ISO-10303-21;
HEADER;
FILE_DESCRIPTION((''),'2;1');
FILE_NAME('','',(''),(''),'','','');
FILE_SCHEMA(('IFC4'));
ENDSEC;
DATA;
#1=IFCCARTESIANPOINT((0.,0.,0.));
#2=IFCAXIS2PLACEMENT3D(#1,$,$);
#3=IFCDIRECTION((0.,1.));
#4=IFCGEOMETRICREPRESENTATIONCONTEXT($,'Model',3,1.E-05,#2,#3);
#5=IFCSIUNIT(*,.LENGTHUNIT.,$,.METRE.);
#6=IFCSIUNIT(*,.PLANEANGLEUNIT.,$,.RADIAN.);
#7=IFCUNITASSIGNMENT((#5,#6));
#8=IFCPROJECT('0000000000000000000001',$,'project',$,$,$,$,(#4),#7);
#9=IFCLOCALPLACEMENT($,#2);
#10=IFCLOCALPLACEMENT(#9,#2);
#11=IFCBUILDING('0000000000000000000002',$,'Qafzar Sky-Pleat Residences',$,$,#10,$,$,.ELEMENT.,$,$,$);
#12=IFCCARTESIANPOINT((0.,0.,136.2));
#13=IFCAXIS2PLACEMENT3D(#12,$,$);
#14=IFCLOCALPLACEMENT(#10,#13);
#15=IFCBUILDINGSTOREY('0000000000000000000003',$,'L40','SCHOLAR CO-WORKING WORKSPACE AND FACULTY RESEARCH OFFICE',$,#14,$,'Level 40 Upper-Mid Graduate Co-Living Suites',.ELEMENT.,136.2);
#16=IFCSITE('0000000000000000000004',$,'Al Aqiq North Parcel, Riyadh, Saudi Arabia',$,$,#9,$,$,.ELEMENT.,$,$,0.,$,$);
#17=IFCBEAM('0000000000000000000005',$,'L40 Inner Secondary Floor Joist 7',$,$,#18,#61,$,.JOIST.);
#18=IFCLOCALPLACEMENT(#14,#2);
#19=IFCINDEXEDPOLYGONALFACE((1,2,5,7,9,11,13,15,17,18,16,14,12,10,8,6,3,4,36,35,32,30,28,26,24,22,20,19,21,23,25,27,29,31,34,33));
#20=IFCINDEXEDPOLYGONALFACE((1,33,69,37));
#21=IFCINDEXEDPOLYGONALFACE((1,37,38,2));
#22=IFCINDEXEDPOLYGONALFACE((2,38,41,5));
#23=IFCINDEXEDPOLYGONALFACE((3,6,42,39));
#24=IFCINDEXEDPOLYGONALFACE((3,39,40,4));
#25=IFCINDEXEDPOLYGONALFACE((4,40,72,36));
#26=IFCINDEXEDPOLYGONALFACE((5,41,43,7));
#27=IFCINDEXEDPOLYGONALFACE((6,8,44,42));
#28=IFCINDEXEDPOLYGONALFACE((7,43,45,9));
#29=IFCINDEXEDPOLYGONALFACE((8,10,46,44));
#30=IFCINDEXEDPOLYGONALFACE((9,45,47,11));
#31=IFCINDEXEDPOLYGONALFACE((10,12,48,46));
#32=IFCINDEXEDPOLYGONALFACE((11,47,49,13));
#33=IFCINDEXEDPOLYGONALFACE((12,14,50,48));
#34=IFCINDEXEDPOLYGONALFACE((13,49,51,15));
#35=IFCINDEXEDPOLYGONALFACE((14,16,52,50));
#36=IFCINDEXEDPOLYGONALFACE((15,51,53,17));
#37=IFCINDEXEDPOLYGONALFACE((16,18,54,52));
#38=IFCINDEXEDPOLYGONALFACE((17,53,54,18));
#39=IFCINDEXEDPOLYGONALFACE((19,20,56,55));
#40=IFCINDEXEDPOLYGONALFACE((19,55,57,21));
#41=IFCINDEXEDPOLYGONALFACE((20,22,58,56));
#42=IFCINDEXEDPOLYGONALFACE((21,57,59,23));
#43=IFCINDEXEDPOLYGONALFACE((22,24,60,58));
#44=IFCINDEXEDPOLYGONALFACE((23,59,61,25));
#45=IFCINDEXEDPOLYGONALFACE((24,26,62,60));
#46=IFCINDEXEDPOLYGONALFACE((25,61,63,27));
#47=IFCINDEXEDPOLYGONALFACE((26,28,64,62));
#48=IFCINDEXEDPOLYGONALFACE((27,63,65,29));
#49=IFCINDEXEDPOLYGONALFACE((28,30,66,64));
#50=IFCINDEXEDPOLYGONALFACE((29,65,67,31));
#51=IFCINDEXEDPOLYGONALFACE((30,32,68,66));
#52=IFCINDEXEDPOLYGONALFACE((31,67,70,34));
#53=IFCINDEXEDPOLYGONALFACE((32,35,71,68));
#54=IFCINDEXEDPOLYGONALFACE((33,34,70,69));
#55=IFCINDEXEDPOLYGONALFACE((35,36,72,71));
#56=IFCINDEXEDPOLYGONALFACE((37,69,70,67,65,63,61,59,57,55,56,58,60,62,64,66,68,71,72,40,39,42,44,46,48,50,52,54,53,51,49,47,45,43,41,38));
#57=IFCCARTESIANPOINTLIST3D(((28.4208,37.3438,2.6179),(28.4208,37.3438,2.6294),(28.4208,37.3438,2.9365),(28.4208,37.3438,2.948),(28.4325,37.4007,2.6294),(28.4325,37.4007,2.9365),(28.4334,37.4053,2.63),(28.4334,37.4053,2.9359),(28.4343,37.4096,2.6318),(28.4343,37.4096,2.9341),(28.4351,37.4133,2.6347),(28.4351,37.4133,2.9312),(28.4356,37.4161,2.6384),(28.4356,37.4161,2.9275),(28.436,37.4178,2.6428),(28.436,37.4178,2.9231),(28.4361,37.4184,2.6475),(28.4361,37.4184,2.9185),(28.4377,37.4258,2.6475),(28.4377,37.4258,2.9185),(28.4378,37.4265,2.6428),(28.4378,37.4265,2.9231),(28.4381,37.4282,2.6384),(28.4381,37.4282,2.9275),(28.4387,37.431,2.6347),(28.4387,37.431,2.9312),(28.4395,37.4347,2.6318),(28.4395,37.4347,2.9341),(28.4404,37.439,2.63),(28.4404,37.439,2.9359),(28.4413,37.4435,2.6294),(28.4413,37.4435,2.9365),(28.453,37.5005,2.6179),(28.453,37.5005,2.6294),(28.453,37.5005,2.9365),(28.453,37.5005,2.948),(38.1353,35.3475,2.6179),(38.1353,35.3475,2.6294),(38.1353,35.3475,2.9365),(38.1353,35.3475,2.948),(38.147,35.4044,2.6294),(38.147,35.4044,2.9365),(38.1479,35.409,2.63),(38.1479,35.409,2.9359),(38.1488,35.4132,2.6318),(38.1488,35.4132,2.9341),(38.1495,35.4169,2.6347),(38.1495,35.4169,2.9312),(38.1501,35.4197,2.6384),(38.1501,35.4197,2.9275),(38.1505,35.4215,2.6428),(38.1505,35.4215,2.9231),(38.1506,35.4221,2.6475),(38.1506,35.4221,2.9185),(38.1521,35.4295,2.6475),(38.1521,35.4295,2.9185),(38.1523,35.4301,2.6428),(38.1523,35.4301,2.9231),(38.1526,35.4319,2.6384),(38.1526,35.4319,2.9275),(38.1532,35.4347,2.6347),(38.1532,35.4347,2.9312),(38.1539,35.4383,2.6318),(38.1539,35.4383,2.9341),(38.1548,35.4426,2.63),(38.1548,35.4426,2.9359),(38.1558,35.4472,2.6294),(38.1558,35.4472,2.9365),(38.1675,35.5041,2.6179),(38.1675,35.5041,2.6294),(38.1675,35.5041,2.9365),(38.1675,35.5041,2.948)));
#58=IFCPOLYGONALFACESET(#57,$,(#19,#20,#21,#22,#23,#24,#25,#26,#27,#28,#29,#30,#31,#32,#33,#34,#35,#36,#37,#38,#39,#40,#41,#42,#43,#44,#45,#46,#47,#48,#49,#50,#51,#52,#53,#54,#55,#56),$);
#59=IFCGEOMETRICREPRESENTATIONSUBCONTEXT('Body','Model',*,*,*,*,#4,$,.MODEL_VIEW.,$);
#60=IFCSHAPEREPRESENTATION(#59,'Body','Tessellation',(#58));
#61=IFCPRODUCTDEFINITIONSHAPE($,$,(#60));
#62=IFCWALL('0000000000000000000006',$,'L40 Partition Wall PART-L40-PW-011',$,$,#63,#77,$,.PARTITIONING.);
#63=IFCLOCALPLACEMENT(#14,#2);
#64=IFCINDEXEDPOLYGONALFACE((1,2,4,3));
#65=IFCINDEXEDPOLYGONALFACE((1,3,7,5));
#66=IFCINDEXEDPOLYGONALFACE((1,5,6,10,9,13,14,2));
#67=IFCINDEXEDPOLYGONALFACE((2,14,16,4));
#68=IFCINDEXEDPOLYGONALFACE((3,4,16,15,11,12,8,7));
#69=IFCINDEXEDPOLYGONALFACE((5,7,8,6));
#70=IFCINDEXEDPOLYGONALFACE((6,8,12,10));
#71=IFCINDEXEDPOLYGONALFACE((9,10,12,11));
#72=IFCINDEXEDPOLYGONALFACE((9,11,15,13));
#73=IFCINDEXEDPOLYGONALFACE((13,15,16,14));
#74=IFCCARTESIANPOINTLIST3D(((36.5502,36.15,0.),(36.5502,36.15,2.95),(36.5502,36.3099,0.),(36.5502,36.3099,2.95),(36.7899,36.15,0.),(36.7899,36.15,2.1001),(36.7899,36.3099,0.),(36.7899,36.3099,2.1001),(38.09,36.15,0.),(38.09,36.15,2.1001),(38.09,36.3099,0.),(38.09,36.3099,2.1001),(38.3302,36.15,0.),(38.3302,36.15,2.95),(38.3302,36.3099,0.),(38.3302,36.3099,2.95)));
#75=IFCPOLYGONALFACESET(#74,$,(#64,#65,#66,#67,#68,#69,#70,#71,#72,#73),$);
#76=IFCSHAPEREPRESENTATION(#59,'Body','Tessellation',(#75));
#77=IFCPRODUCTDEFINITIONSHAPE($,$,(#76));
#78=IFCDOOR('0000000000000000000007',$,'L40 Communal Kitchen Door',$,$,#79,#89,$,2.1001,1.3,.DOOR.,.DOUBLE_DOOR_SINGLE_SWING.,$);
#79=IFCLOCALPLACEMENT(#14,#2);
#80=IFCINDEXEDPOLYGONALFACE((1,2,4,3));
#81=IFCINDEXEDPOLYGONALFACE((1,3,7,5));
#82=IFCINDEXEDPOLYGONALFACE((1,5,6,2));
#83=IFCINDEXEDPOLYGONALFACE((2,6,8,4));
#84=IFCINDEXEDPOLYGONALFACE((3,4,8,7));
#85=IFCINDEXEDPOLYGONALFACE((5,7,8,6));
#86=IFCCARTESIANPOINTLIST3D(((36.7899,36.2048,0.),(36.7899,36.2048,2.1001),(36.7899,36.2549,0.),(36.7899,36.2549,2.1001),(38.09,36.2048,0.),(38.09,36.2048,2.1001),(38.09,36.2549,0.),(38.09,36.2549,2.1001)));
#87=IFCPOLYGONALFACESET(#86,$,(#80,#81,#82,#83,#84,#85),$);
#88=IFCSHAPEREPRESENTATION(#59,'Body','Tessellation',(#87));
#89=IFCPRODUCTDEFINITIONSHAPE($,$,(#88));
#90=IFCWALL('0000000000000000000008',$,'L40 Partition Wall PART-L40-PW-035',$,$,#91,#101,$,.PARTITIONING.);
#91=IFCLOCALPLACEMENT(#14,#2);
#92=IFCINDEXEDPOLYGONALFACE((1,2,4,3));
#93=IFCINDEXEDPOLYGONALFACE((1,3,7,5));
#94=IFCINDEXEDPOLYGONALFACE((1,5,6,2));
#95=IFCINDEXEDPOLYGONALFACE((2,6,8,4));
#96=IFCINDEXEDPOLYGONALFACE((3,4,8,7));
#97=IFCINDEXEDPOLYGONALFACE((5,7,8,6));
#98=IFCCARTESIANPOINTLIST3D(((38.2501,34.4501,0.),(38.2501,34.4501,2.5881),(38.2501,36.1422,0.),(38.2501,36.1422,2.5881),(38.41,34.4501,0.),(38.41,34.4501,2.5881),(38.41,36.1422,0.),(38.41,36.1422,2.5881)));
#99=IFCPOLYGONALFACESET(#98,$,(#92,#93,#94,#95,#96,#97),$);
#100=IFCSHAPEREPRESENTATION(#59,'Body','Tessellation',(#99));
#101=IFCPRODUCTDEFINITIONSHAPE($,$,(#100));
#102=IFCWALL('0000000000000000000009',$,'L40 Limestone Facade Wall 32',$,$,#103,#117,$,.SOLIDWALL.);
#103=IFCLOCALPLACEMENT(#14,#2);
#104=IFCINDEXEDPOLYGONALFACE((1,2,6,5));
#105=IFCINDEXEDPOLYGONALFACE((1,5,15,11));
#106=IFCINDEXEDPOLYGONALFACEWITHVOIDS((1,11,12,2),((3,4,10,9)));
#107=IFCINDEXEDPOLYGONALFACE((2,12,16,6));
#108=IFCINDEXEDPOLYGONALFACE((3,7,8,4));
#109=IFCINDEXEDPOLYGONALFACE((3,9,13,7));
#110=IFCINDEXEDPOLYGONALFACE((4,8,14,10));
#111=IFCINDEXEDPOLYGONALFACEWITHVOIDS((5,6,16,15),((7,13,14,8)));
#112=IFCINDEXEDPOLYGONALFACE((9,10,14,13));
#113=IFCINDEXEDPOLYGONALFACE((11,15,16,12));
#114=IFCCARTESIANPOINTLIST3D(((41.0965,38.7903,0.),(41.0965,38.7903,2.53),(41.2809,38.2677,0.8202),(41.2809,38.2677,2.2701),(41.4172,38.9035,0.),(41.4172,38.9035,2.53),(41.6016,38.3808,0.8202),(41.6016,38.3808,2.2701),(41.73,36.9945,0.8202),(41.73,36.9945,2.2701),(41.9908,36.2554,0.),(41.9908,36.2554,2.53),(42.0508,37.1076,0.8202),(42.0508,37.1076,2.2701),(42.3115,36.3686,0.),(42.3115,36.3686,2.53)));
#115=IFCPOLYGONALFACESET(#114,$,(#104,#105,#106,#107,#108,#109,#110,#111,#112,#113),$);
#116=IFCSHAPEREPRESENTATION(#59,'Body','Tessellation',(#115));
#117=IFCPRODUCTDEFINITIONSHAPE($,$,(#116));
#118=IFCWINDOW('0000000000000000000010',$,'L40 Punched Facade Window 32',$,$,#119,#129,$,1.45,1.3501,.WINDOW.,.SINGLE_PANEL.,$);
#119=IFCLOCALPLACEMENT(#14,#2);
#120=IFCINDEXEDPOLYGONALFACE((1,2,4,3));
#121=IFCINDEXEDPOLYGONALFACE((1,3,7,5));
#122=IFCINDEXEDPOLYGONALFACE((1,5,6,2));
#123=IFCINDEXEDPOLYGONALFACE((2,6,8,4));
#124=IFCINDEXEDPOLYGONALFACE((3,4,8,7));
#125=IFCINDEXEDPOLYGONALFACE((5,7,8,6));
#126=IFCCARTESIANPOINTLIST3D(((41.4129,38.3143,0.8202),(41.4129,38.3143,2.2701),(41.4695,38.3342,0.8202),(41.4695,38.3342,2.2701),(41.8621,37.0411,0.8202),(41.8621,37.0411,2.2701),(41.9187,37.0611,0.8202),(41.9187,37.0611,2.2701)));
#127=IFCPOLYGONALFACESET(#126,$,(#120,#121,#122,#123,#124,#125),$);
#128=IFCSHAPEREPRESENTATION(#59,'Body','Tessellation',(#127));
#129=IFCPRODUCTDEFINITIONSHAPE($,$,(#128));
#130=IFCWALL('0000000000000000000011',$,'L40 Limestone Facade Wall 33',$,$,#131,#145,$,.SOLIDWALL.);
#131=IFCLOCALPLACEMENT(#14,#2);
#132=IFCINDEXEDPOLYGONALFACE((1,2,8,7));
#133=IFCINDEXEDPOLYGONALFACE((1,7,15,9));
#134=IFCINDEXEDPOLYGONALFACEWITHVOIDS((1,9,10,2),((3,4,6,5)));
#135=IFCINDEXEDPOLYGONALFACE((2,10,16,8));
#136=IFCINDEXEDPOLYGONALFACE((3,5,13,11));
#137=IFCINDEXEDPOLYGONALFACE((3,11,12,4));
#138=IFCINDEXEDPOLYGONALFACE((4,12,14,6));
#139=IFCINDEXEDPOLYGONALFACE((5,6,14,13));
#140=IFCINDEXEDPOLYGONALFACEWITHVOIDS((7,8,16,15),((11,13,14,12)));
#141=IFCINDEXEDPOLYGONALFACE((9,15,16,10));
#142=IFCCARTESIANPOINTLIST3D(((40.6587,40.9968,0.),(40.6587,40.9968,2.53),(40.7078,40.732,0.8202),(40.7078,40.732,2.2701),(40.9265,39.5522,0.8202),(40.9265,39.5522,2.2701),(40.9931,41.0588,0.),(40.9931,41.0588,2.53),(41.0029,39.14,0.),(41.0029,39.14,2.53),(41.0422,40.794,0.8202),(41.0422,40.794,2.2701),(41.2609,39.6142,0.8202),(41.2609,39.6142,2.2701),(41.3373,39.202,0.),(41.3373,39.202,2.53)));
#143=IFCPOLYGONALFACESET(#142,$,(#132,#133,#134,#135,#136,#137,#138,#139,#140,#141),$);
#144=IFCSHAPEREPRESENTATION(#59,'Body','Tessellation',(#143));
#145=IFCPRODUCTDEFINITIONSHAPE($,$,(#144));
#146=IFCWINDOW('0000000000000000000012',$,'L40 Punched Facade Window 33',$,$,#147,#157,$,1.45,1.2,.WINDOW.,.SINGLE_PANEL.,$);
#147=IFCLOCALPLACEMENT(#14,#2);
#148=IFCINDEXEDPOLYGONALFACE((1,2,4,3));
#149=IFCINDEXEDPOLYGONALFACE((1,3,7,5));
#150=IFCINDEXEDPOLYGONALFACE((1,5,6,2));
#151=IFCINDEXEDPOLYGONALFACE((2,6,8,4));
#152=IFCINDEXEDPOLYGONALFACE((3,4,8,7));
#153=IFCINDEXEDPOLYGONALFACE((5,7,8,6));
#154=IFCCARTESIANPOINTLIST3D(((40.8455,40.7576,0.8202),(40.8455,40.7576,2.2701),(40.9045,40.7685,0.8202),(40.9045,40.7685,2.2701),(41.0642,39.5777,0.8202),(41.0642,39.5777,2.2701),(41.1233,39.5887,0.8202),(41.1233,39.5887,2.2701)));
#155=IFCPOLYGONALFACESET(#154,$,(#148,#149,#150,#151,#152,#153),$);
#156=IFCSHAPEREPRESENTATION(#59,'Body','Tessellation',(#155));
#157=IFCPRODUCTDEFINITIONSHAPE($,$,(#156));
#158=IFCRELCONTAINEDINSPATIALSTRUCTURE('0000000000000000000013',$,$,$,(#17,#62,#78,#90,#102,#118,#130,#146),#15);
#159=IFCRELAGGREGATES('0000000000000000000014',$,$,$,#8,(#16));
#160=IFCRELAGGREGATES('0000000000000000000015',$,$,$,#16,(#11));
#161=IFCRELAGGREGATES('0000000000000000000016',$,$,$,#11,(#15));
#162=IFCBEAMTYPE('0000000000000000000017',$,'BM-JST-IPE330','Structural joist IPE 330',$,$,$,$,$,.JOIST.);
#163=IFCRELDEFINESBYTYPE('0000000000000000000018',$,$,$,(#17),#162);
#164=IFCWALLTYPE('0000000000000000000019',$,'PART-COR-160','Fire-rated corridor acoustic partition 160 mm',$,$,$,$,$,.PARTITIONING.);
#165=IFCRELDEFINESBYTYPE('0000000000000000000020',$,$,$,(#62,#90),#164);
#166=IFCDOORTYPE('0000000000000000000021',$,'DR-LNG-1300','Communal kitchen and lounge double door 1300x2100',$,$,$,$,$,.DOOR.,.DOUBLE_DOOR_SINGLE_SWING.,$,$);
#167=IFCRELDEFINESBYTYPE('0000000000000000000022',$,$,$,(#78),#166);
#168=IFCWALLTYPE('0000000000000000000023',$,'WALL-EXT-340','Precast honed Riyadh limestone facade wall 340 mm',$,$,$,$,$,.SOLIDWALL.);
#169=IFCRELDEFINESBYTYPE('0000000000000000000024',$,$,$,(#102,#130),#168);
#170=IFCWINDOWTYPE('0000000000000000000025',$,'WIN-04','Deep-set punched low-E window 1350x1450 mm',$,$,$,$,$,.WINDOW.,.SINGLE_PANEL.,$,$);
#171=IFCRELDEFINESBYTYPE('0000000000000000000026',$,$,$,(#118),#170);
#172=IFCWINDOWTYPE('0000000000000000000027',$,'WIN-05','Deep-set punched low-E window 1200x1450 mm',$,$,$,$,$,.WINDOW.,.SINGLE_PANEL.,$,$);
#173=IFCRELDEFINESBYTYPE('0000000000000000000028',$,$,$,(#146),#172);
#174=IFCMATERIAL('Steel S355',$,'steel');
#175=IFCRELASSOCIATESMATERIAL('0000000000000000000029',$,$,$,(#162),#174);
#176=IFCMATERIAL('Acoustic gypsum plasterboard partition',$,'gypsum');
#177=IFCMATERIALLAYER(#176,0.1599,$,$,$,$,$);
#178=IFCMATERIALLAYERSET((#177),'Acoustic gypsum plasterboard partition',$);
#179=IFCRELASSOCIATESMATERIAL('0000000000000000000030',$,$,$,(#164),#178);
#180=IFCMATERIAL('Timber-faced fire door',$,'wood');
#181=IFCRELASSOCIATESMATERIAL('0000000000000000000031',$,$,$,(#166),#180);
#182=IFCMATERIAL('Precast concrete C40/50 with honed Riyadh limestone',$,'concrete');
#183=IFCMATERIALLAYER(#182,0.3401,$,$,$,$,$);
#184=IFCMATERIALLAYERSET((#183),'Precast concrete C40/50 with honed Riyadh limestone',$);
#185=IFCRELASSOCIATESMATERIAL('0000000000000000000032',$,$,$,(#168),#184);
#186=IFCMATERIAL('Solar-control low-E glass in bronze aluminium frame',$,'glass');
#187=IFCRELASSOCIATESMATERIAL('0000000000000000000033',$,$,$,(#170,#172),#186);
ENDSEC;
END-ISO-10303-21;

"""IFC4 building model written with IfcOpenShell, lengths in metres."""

from ifc_helpers import new_model, si_unit, direction, frame, frame_2d, origin, origin_2d, place, context, subcontext, project, spatial, rectangle, i_section, extrude, source, transform, mapped, material, layer, layer_set, material_profile, profile_set, type_object, element, fill, save


model = new_model("IFC4")

# Units and contexts
model_context = context("Model", 3, precision=1e-05, world=origin(), true_north=direction((0.0, 1.0)))
body_context = subcontext(model_context, "Body", "Model", "MODEL_VIEW")
ifc_project = project(units=[si_unit("LENGTHUNIT", "METRE"), si_unit("PLANEANGLEUNIT", "RADIAN")], contexts=[model_context])

# Site, building, storey
site_placement = place(None, origin())
site = spatial("IfcSite", under=ifc_project, at=site_placement, Name="Al Aqiq North Parcel, Riyadh, Saudi Arabia", CompositionType="ELEMENT", RefElevation=0.0)
building_placement = place(site_placement, origin())
building = spatial("IfcBuilding", under=site, at=building_placement, Name="Qafzar Sky-Pleat Residences", CompositionType="ELEMENT")
storey_placement = place(building_placement, frame((0.0, 0.0, 136.2)))
storey = spatial("IfcBuildingStorey", under=building, at=storey_placement, Name="L40", Description="SCHOLAR CO-WORKING WORKSPACE AND FACULTY RESEARCH OFFICE", LongName="Level 40 Upper-Mid Graduate Co-Living Suites", CompositionType="ELEMENT", Elevation=136.2)

# Beam
ifc_material_1 = material(Name="Steel S355", Category="steel")
ifc_material_profile_1 = material_profile(ifc_material_1, i_section(OverallWidth=0.1599, OverallDepth=0.3301, WebThickness=0.0076, FlangeThickness=0.0115, FilletRadius=0.0181, at=origin_2d()), Name="IPE 330")
ifc_profile_set_1 = profile_set([ifc_material_profile_1], Name="Steel S355")
beam_type_1 = type_object("IfcBeamType", Name="BM-JST-IPE330", Description="Structural joist IPE 330", PredefinedType="JOIST", material=ifc_profile_set_1)
shared_shape_1 = source(origin(), body_context, "Body", "SweptSolid", [
    extrude(i_section(OverallWidth=0.1599, OverallDepth=0.3301, WebThickness=0.0076, FlangeThickness=0.0115, FilletRadius=0.0181, at=origin_2d()), origin(), (0.0, 0.0, 1.0), 9.9175),
])
beam_1_placement = place(storey_placement, frame((38.1514, 35.4258, 2.783), z_axis=(-0.97953, 0.201297, 0.0), x_axis=(-0.201297, -0.97953, 0.0)))
element("IfcBeam", 1, at=beam_1_placement, inside=storey, type_object=beam_type_1, Name="L40 Inner Secondary Floor Joist 7", PredefinedType="JOIST", context=body_context, shape_type="MappedRepresentation", body=[
    mapped(shared_shape_1, transform((0.0, 0.0, 0.0), x_axis=(1.0, 0.0, 0.0), y_axis=(0.0, 1.0, 0.0), z_axis=(0.0, 0.0, 1.0), scale=1.0)),
])

# Wall, opening, door
ifc_material_2 = material(Name="Acoustic gypsum plasterboard partition", Category="gypsum")
ifc_layer_1 = layer(ifc_material_2, 0.1599)
ifc_layer_set_1 = layer_set([ifc_layer_1], Name="Acoustic gypsum plasterboard partition")
wall_type_1 = type_object("IfcWallType", Name="PART-COR-160", Description="Fire-rated corridor acoustic partition 160 mm", PredefinedType="PARTITIONING", material=ifc_layer_set_1)
wall_1_placement = place(storey_placement, frame((36.55, 36.23, 0.0), z_axis=(0.0, 0.0, 1.0), x_axis=(1.0, 0.0, 0.0)))
wall_1 = element("IfcWall", 2, at=wall_1_placement, inside=storey, type_object=wall_type_1, Name="L40 Partition Wall PART-L40-PW-011", PredefinedType="PARTITIONING", context=body_context, shape_type="SweptSolid", body=[
    extrude(rectangle(XDim=1.78, YDim=0.1599, at=frame_2d((0.8901, 0.0))), origin(), (0.0, 0.0, 1.0), 2.95),
])
opening_1_placement = place(wall_1_placement, frame((0.24, 0.0, 0.0)))
opening_1 = element("IfcOpeningElement", 3, at=opening_1_placement, cuts=wall_1, PredefinedType="OPENING", context=body_context, shape_type="SweptSolid", body=[
    extrude(rectangle(XDim=1.3, YDim=2.1001, at=frame_2d((0.6499, 1.05))), frame((0.0, 0.0898, 0.0), z_axis=(0.0, -1.0, 0.0), x_axis=(1.0, 0.0, 0.0)), (0.0, 0.0, 1.0), 0.1799),
])
ifc_material_3 = material(Name="Timber-faced fire door", Category="wood")
door_type = type_object("IfcDoorType", Name="DR-LNG-1300", Description="Communal kitchen and lounge double door 1300x2100", OperationType="DOUBLE_DOOR_SINGLE_SWING", PredefinedType="DOOR", material=ifc_material_3)
shared_shape_2 = source(origin(), body_context, "Body", "SweptSolid", [
    extrude(rectangle(XDim=1.3, YDim=2.1001, at=frame_2d((0.6499, 1.05))), frame((0.0, 0.0249, 0.0), z_axis=(0.0, -1.0, 0.0), x_axis=(1.0, 0.0, 0.0)), (0.0, 0.0, 1.0), 0.05),
])
door_placement = place(opening_1_placement, origin())
door = element("IfcDoor", 4, at=door_placement, inside=storey, type_object=door_type, Name="L40 Communal Kitchen Door", OperationType="DOUBLE_DOOR_SINGLE_SWING", OverallHeight=2.1001, OverallWidth=1.3, PredefinedType="DOOR", context=body_context, shape_type="MappedRepresentation", body=[
    mapped(shared_shape_2, transform((0.0, 0.0, 0.0), x_axis=(1.0, 0.0, 0.0), y_axis=(0.0, 1.0, 0.0), z_axis=(0.0, 0.0, 1.0), scale=1.0)),
])
fill(opening_1, door)

# Wall
wall_2_placement = place(storey_placement, frame((38.3301, 34.45, 0.0), z_axis=(0.0, 0.0, 1.0), x_axis=(0.0, 1.0, 0.0)))
element("IfcWall", 5, at=wall_2_placement, inside=storey, type_object=wall_type_1, Name="L40 Partition Wall PART-L40-PW-035", PredefinedType="PARTITIONING", context=body_context, shape_type="SweptSolid", body=[
    extrude(rectangle(XDim=1.6921, YDim=0.1599, at=frame_2d((0.8462, 0.0))), origin(), (0.0, 0.0, 1.0), 2.5881),
])

# Walls, openings, windows
ifc_material_4 = material(Name="Precast concrete C40/50 with honed Riyadh limestone", Category="concrete")
ifc_layer_2 = layer(ifc_material_4, 0.3401)
ifc_layer_set_2 = layer_set([ifc_layer_2], Name="Precast concrete C40/50 with honed Riyadh limestone")
wall_type_2 = type_object("IfcWallType", Name="WALL-EXT-340", Description="Precast honed Riyadh limestone facade wall 340 mm", PredefinedType="SOLIDWALL", material=ifc_layer_set_2)
wall_3_placement = place(storey_placement, frame((42.1511, 36.312, 0.0), z_axis=(0.0, 0.0, 1.0), x_axis=(-0.332692, 0.943036, 0.0)))
wall_3 = element("IfcWall", 6, at=wall_3_placement, inside=storey, type_object=wall_type_2, Name="L40 Limestone Facade Wall 32", PredefinedType="SOLIDWALL", context=body_context, shape_type="SweptSolid", body=[
    extrude(rectangle(XDim=2.688, YDim=0.3401, at=frame_2d((1.344, 0.0))), origin(), (0.0, 0.0, 1.0), 2.53),
])
opening_2_placement = place(wall_3_placement, frame((0.7837, 0.0, 0.8201)))
opening_2 = element("IfcOpeningElement", 7, at=opening_2_placement, cuts=wall_3, PredefinedType="OPENING", context=body_context, shape_type="SweptSolid", body=[
    extrude(rectangle(XDim=1.3501, YDim=1.45, at=frame_2d((0.675, 0.7251))), frame((0.0, 0.1802, 0.0), z_axis=(0.0, -1.0, 0.0), x_axis=(1.0, 0.0, 0.0)), (0.0, 0.0, 1.0), 0.3601),
])
ifc_material_5 = material(Name="Solar-control low-E glass in bronze aluminium frame", Category="glass")
window_type_1 = type_object("IfcWindowType", Name="WIN-04", Description="Deep-set punched low-E window 1350x1450 mm", PartitioningType="SINGLE_PANEL", PredefinedType="WINDOW", material=ifc_material_5)
shared_shape_3 = source(origin(), body_context, "Body", "SweptSolid", [
    extrude(rectangle(XDim=1.3501, YDim=1.45, at=frame_2d((0.675, 0.7251))), frame((0.0, 0.03, 0.0), z_axis=(0.0, -1.0, 0.0), x_axis=(1.0, 0.0, 0.0)), (0.0, 0.0, 1.0), 0.0601),
])
window_1_placement = place(opening_2_placement, origin())
window_1 = element("IfcWindow", 8, at=window_1_placement, inside=storey, type_object=window_type_1, Name="L40 Punched Facade Window 32", OverallHeight=1.45, OverallWidth=1.3501, PartitioningType="SINGLE_PANEL", PredefinedType="WINDOW", context=body_context, shape_type="MappedRepresentation", body=[
    mapped(shared_shape_3, transform((0.0, 0.0, 0.0), x_axis=(1.0, 0.0, 0.0), y_axis=(0.0, 1.0, 0.0), z_axis=(0.0, 0.0, 1.0), scale=1.0)),
])
fill(opening_2, window_1)
wall_4_placement = place(storey_placement, frame((41.1702, 39.1709, 0.0), z_axis=(0.0, 0.0, 1.0), x_axis=(-0.182298, 0.983243, 0.0)))
wall_4 = element("IfcWall", 9, at=wall_4_placement, inside=storey, type_object=wall_type_2, Name="L40 Limestone Facade Wall 33", PredefinedType="SOLIDWALL", context=body_context, shape_type="SweptSolid", body=[
    extrude(rectangle(XDim=1.8884, YDim=0.3401, at=frame_2d((0.9443, 0.0))), origin(), (0.0, 0.0, 1.0), 2.53),
])
opening_3_placement = place(wall_4_placement, frame((0.4192, 0.0, 0.8201)))
opening_3 = element("IfcOpeningElement", 10, at=opening_3_placement, cuts=wall_4, PredefinedType="OPENING", context=body_context, shape_type="SweptSolid", body=[
    extrude(rectangle(XDim=1.2, YDim=1.45, at=frame_2d((0.6001, 0.7251))), frame((0.0, 0.1802, 0.0), z_axis=(0.0, -1.0, 0.0), x_axis=(1.0, 0.0, 0.0)), (0.0, 0.0, 1.0), 0.3601),
])
window_type_2 = type_object("IfcWindowType", Name="WIN-05", Description="Deep-set punched low-E window 1200x1450 mm", PartitioningType="SINGLE_PANEL", PredefinedType="WINDOW", material=ifc_material_5)
shared_shape_4 = source(origin(), body_context, "Body", "SweptSolid", [
    extrude(rectangle(XDim=1.2, YDim=1.45, at=frame_2d((0.6001, 0.7251))), frame((0.0, 0.03, 0.0), z_axis=(0.0, -1.0, 0.0), x_axis=(1.0, 0.0, 0.0)), (0.0, 0.0, 1.0), 0.0601),
])
window_2_placement = place(opening_3_placement, origin())
window_2 = element("IfcWindow", 11, at=window_2_placement, inside=storey, type_object=window_type_2, Name="L40 Punched Facade Window 33", OverallHeight=1.45, OverallWidth=1.2, PartitioningType="SINGLE_PANEL", PredefinedType="WINDOW", context=body_context, shape_type="MappedRepresentation", body=[
    mapped(shared_shape_4, transform((0.0, 0.0, 0.0), x_axis=(1.0, 0.0, 0.0), y_axis=(0.0, 1.0, 0.0), z_axis=(0.0, 0.0, 1.0), scale=1.0)),
])
fill(opening_3, window_2)

save(model, "model.ifc")
